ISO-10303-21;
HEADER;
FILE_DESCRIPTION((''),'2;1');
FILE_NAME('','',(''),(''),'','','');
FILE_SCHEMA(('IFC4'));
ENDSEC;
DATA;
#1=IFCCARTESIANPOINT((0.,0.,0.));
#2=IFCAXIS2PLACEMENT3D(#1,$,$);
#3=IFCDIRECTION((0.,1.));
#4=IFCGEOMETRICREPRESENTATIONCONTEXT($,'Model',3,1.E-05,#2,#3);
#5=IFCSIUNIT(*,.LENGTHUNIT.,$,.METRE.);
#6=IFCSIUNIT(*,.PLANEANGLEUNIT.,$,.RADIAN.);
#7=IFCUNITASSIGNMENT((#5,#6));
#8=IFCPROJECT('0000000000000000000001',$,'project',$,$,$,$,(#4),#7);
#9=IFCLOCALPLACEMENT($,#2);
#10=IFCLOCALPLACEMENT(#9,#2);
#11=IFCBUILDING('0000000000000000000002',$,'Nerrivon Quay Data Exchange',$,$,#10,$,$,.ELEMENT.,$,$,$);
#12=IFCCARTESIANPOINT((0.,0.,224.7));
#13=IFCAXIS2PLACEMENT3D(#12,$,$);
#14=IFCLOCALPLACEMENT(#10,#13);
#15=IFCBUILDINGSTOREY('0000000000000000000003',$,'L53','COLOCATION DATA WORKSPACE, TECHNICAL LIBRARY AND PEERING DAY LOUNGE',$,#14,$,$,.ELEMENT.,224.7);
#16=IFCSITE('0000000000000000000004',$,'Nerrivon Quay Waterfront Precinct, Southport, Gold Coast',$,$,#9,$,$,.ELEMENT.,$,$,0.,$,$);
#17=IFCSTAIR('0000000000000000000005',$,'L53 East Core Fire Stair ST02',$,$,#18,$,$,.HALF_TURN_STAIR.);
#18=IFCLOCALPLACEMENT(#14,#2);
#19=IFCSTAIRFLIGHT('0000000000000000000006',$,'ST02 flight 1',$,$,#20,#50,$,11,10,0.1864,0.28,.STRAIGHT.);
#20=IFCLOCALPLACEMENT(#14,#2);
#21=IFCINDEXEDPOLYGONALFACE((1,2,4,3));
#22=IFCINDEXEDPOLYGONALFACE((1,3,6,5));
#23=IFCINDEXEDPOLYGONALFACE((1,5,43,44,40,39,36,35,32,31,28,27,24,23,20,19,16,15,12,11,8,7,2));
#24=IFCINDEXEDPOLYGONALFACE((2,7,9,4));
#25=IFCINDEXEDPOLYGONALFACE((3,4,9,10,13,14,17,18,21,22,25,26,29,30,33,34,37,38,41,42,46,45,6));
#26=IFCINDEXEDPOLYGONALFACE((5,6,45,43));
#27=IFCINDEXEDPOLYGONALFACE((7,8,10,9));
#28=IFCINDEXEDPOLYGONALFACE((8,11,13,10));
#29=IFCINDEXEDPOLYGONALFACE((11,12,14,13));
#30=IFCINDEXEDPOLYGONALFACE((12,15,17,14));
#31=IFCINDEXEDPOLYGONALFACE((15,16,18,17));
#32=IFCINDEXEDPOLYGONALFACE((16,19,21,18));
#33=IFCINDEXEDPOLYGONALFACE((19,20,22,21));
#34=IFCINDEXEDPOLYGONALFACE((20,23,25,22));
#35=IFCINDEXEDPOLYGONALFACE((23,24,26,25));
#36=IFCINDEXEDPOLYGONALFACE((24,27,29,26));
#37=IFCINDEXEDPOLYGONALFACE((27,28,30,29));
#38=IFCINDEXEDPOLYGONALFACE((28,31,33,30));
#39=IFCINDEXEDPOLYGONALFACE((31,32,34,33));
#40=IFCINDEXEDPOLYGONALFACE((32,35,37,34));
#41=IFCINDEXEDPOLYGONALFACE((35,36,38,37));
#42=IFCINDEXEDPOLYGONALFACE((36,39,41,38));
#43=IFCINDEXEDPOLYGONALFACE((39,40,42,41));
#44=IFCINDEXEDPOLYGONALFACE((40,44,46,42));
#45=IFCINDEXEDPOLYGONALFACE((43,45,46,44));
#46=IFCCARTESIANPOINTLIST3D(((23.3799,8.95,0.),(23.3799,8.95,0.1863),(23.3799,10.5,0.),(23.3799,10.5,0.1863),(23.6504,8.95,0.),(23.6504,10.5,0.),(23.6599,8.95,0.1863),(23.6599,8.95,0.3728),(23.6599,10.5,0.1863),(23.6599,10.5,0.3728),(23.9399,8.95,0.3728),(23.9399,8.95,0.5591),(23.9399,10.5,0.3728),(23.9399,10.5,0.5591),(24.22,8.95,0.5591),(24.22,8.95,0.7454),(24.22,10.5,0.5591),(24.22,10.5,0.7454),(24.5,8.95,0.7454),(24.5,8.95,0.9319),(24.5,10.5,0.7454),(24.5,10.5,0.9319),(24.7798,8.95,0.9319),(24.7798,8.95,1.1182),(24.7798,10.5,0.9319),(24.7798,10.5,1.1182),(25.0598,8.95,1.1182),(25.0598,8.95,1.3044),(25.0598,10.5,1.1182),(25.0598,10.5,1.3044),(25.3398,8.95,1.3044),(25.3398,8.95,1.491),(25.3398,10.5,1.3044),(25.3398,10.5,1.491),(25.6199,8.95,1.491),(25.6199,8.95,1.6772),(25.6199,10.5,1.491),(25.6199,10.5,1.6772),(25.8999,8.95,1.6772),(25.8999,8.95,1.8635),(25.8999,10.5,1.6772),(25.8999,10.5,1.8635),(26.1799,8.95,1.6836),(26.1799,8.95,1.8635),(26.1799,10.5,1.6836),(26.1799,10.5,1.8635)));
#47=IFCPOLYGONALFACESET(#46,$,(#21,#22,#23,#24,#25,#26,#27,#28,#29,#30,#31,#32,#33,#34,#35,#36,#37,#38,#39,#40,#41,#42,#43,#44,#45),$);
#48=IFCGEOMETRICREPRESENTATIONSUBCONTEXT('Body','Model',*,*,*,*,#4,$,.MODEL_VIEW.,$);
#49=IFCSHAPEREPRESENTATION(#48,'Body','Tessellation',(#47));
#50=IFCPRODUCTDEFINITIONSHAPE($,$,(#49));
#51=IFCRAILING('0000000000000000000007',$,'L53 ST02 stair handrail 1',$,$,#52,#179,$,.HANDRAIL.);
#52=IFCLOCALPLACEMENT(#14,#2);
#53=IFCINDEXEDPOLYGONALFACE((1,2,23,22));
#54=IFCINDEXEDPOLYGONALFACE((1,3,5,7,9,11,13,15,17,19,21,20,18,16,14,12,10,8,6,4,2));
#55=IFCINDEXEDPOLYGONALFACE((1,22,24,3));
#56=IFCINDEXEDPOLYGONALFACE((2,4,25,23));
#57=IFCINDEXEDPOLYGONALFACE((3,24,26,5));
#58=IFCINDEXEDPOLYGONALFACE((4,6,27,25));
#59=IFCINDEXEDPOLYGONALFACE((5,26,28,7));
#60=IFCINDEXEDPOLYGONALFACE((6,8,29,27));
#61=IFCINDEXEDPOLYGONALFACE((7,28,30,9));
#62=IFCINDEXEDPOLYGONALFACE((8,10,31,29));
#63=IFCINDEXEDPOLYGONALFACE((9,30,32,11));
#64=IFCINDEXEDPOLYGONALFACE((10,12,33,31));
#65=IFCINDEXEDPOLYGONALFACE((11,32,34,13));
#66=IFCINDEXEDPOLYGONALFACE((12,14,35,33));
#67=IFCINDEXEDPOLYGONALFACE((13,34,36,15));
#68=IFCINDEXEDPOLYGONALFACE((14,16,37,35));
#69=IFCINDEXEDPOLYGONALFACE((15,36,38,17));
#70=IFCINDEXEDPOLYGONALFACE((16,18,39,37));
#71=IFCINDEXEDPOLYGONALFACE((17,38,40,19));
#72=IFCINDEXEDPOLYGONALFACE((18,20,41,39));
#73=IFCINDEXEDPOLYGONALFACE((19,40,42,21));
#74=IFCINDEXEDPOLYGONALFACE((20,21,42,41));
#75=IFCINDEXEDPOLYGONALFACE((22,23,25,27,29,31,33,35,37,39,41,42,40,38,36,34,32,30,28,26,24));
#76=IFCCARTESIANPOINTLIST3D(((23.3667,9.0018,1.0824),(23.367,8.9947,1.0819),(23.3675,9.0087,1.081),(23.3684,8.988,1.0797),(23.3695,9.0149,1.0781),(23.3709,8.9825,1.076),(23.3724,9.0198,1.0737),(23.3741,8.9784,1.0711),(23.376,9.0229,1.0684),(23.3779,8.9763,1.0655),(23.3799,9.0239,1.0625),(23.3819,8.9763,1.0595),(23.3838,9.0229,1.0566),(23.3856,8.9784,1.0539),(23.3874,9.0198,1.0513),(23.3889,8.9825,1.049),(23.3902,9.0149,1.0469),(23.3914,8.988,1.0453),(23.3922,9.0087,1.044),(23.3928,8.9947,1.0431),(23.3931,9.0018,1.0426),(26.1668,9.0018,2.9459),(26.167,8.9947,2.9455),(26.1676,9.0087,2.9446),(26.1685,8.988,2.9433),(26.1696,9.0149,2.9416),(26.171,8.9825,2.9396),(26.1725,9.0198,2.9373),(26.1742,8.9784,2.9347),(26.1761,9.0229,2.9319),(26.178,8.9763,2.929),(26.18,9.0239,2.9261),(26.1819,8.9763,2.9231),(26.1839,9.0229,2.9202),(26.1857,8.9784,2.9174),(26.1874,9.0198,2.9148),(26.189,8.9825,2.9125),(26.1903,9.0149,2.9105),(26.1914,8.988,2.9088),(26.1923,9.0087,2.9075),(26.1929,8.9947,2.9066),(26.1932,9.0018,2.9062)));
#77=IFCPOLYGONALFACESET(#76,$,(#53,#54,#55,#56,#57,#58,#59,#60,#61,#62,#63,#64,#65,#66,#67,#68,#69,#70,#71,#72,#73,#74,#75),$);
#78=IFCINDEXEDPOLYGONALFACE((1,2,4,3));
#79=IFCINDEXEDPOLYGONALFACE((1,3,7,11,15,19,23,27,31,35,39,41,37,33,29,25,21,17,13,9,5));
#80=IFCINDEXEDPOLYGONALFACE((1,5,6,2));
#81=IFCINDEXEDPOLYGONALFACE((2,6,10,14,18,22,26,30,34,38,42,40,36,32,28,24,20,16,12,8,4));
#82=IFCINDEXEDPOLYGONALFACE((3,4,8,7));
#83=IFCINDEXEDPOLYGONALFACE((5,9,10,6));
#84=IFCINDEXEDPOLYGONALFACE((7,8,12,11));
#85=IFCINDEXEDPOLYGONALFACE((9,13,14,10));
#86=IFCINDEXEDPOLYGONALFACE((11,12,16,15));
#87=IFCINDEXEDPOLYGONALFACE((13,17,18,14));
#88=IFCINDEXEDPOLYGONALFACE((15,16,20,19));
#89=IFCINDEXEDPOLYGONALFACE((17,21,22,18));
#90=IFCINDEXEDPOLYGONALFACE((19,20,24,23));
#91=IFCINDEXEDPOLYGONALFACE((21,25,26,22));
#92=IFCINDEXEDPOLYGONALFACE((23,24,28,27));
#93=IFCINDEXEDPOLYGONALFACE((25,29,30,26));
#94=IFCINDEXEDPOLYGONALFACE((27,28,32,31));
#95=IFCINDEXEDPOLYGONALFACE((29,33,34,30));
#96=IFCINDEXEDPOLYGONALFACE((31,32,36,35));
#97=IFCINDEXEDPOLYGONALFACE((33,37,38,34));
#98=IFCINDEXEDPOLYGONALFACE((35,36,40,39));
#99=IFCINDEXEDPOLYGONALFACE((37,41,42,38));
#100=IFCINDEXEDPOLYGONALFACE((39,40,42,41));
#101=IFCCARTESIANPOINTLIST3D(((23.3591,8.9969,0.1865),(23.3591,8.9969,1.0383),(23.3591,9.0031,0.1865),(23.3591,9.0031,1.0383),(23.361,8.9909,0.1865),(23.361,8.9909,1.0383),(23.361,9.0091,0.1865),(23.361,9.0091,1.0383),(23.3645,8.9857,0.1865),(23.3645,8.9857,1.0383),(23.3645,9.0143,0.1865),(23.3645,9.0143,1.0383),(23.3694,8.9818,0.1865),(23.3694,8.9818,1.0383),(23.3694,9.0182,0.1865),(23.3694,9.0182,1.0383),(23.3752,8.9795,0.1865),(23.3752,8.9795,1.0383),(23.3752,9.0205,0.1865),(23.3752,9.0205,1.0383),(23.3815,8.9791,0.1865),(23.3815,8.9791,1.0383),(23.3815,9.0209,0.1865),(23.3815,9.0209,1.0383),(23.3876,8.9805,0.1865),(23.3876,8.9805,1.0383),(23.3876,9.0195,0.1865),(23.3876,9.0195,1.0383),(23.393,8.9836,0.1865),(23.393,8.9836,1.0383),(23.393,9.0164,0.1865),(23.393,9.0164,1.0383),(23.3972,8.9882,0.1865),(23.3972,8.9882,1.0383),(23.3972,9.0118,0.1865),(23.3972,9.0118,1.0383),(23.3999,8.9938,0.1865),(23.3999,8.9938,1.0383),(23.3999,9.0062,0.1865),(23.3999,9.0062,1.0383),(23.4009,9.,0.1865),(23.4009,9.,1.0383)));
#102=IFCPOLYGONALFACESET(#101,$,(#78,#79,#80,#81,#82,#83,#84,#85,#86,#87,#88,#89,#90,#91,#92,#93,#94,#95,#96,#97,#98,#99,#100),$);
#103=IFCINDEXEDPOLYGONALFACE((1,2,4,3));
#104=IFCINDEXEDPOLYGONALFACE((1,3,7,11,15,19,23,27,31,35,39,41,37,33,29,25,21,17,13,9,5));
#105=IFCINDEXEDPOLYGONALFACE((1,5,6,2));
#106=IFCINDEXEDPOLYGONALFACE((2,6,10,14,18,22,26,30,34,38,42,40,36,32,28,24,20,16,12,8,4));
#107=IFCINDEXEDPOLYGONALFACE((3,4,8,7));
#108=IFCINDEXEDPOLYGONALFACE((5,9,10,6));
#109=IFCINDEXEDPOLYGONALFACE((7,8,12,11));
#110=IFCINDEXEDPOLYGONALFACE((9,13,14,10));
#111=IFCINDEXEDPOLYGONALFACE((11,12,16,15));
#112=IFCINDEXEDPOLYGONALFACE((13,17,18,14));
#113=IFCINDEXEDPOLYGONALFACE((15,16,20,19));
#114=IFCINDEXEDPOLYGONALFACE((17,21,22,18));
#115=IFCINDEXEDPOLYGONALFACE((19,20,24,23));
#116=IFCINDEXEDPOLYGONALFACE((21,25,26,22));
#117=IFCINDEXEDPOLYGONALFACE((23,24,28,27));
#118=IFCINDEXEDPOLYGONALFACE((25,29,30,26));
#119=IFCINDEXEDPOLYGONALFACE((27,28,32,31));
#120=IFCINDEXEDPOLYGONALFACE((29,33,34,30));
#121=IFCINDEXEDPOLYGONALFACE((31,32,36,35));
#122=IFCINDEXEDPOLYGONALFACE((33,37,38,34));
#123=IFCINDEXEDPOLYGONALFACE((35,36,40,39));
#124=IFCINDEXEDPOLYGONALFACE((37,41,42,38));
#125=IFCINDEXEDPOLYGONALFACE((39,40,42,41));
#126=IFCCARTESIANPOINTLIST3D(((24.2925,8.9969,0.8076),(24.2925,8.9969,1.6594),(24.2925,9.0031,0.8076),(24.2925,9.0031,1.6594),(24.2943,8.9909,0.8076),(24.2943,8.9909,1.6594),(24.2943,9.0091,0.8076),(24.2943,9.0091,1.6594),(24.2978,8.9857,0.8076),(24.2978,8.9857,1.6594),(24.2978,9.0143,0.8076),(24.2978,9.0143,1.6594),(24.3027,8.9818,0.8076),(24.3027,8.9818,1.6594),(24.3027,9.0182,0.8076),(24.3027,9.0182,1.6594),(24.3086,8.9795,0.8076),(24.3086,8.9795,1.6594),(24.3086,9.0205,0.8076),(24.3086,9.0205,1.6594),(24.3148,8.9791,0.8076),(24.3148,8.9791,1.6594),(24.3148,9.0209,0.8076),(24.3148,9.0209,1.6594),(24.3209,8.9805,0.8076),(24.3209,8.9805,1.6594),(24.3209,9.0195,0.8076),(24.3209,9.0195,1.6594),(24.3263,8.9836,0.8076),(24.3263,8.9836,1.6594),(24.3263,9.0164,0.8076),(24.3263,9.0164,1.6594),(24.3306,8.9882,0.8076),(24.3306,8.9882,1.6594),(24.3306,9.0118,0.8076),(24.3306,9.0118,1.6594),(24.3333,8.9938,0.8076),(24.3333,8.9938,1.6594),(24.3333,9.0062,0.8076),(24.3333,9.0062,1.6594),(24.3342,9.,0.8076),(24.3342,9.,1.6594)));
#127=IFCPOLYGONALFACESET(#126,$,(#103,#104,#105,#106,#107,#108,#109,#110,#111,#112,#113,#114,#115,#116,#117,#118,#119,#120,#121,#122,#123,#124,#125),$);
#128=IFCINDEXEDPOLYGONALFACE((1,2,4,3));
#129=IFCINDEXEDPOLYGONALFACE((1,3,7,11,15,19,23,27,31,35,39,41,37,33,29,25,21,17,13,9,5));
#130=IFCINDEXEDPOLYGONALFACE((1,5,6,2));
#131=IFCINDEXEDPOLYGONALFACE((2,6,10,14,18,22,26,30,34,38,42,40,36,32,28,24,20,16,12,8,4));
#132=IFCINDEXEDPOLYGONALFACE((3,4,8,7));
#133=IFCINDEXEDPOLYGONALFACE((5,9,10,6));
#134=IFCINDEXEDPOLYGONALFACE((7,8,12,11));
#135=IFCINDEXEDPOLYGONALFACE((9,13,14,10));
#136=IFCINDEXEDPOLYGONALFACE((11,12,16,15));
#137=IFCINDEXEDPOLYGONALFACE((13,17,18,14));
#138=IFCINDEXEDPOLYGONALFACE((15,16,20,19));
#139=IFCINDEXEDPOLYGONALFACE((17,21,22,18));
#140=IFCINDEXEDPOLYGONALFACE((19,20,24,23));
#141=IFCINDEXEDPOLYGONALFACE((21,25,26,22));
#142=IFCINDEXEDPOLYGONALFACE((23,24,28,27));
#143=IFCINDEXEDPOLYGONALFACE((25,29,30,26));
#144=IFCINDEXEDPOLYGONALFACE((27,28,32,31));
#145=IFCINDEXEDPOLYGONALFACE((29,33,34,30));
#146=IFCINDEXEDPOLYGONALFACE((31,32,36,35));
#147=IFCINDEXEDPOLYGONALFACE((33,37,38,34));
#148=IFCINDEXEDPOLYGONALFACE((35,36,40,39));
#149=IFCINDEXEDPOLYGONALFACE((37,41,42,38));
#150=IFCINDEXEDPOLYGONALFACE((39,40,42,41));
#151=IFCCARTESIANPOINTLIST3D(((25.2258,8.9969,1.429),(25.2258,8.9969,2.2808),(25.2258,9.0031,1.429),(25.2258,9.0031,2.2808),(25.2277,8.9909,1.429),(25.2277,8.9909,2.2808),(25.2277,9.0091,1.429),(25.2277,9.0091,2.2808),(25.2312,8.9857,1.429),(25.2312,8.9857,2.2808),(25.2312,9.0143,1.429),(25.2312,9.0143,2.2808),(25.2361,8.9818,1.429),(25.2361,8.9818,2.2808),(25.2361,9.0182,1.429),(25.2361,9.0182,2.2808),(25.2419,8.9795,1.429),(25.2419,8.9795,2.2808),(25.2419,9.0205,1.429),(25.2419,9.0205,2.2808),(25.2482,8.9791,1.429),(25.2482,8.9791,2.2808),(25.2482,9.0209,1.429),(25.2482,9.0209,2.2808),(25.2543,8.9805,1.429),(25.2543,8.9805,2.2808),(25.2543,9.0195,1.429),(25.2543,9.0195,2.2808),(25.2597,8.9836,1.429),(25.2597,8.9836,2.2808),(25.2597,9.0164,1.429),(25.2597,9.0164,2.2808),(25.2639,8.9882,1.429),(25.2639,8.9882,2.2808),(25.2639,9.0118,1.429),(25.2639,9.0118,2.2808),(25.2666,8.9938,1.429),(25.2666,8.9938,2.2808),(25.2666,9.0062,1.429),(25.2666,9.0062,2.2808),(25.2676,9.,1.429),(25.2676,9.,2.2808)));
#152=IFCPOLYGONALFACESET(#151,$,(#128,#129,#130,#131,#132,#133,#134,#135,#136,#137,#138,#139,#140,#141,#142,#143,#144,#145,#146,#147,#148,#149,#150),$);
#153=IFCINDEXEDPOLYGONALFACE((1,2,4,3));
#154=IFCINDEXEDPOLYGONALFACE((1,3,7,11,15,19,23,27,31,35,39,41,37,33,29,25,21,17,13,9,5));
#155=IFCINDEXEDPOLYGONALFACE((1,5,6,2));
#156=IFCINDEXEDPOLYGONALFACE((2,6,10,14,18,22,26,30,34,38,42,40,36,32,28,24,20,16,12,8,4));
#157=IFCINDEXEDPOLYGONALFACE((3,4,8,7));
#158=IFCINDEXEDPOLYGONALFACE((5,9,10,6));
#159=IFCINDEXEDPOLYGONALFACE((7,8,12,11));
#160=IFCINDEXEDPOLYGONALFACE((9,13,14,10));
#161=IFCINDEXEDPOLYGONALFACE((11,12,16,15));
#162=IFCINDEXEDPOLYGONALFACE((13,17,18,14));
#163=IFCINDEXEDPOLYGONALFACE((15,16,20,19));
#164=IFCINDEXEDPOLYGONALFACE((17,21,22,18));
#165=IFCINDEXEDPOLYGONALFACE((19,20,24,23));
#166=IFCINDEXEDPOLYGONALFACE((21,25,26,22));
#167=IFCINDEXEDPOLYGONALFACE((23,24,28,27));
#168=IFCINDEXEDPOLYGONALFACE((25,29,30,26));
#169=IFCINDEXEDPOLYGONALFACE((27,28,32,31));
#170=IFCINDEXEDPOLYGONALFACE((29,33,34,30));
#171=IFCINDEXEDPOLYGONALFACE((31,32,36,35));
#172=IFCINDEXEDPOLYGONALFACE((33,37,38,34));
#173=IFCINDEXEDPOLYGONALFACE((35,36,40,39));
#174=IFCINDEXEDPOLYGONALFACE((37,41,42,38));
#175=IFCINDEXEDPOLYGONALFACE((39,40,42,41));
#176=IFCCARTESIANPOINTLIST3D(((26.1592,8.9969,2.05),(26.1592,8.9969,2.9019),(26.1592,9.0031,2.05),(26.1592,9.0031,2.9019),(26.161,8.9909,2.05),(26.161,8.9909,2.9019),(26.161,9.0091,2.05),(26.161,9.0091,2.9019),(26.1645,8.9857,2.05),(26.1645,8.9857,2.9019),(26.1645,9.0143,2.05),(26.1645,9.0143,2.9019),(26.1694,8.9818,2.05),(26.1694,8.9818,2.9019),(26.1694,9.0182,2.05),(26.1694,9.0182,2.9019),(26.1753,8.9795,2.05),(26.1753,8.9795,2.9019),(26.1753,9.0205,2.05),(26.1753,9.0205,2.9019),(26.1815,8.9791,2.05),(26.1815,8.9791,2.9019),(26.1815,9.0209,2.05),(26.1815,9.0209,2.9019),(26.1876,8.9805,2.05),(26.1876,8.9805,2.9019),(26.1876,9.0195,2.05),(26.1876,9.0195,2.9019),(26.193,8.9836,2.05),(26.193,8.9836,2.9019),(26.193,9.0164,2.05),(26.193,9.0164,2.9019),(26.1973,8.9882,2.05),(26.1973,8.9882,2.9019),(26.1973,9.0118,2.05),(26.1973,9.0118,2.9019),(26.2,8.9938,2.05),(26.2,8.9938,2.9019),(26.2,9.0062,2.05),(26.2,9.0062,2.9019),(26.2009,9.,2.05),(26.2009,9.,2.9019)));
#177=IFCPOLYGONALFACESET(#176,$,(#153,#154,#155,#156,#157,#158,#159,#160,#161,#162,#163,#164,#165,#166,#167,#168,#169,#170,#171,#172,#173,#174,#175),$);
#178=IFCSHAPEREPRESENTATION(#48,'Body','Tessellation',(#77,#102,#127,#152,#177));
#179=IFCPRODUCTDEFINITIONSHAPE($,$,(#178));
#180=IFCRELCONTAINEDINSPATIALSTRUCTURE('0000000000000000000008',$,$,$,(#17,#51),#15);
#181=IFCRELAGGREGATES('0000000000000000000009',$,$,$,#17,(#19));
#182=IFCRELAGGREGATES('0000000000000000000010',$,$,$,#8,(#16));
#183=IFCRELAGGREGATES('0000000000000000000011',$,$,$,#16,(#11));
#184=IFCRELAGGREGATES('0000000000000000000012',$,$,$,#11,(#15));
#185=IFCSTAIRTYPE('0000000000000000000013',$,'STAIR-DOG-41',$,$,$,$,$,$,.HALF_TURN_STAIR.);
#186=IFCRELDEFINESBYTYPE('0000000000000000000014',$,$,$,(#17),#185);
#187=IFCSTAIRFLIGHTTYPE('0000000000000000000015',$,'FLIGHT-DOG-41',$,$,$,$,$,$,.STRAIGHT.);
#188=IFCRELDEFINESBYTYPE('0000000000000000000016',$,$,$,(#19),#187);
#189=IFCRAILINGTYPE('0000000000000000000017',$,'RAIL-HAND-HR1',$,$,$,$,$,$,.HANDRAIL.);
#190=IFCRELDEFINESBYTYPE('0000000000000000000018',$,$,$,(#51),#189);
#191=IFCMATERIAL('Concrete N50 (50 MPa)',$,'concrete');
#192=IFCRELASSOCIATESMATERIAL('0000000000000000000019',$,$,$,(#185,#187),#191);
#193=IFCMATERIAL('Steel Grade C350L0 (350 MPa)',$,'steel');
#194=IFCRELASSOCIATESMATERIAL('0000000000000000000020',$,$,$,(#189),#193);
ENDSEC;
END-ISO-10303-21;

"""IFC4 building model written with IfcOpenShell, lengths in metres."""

from ifc_helpers import new_model, si_unit, direction, frame, origin, origin_2d, place, context, subcontext, project, spatial, polyline, circle, outline, extrude, material, type_object, element, aggregate, save


model = new_model("IFC4")

# Units and contexts
model_context = context("Model", 3, precision=1e-05, world=origin(), true_north=direction((0.0, 1.0)))
body_context = subcontext(model_context, "Body", "Model", "MODEL_VIEW")
ifc_project = project(units=[si_unit("LENGTHUNIT", "METRE"), si_unit("PLANEANGLEUNIT", "RADIAN")], contexts=[model_context])

# Site, building, storey
site_placement = place(None, origin())
site = spatial("IfcSite", under=ifc_project, at=site_placement, Name="Nerrivon Quay Waterfront Precinct, Southport, Gold Coast", CompositionType="ELEMENT", RefElevation=0.0)
building_placement = place(site_placement, origin())
building = spatial("IfcBuilding", under=site, at=building_placement, Name="Nerrivon Quay Data Exchange", CompositionType="ELEMENT")
storey_placement = place(building_placement, frame((0.0, 0.0, 224.7)))
storey = spatial("IfcBuildingStorey", under=building, at=storey_placement, Name="L53", Description="COLOCATION DATA WORKSPACE, TECHNICAL LIBRARY AND PEERING DAY LOUNGE", CompositionType="ELEMENT", Elevation=224.7)

# Shared definitions
ifc_material_1 = material(Name="Concrete N50 (50 MPa)", Category="concrete")

# Stair, stair flight
stair_type = type_object("IfcStairType", Name="STAIR-DOG-41", PredefinedType="HALF_TURN_STAIR", material=ifc_material_1)
stair_placement = place(storey_placement, origin())
stair = element("IfcStair", 1, at=stair_placement, inside=storey, type_object=stair_type, Name="L53 East Core Fire Stair ST02", PredefinedType="HALF_TURN_STAIR")
stair_flight_type = type_object("IfcStairFlightType", Name="FLIGHT-DOG-41", PredefinedType="STRAIGHT", material=ifc_material_1)
stair_flight_placement = place(storey_placement, frame((23.3799, 9.7251, 0.0), z_axis=(0.0, 0.0, 1.0), x_axis=(1.0, 0.0, 0.0)))
stair_flight = element("IfcStairFlight", 2, at=stair_flight_placement, type_object=stair_flight_type, Name="ST02 flight 1", NumberOfRisers=11, NumberOfTreads=10, PredefinedType="STRAIGHT", RiserHeight=0.1864, TreadLength=0.28, context=body_context, shape_type="SweptSolid", body=[
    extrude(outline(polyline([(0.0, 0.0), (0.0, 0.1863), (0.28, 0.1863), (0.28, 0.3728), (0.5601, 0.3728), (0.5601, 0.5591), (0.8401, 0.5591), (0.8401, 0.7454), (1.1201, 0.7454), (1.1201, 0.9319), (1.3999, 0.9319), (1.3999, 1.1182), (1.6799, 1.1182), (1.6799, 1.3044), (1.96, 1.3044), (1.96, 1.491), (2.24, 1.491), (2.24, 1.6772), (2.52, 1.6772), (2.52, 1.8635), (2.8, 1.8635), (2.8, 2.05), (2.8, 1.6836), (0.2705, 0.0), (0.0, 0.0)])), frame((0.0, 0.7749, 0.0), z_axis=(0.0, -1.0, 0.0), x_axis=(1.0, 0.0, 0.0)), (0.0, 0.0, 1.0), 1.55),
])
aggregate(stair, [stair_flight])

# Railing
ifc_material_2 = material(Name="Steel Grade C350L0 (350 MPa)", Category="steel")
railing_type_1 = type_object("IfcRailingType", Name="RAIL-HAND-HR1", PredefinedType="HANDRAIL", material=ifc_material_2)
railing_1_placement = place(storey_placement, frame((23.3799, 9.0, 0.1865)))
element("IfcRailing", 3, at=railing_1_placement, inside=storey, type_object=railing_type_1, Name="L53 ST02 stair handrail 1", PredefinedType="HANDRAIL", context=body_context, shape_type="SweptSolid", body=[
    extrude(circle(Radius=0.0239, at=origin_2d()), frame((0.0, 0.0, 0.876), z_axis=(0.832486, 0.0, 0.554047), x_axis=(0.0, 1.0, 0.0)), (0.0, 0.0, 1.0), 3.3635),
    extrude(circle(Radius=0.021, at=origin_2d()), origin(), (0.0, 0.0, 1.0), 0.8518),
    extrude(circle(Radius=0.021, at=origin_2d()), frame((0.9333, 0.0, 0.6211)), (0.0, 0.0, 1.0), 0.8518),
    extrude(circle(Radius=0.021, at=origin_2d()), frame((1.8667, 0.0, 1.2424)), (0.0, 0.0, 1.0), 0.8518),
    extrude(circle(Radius=0.021, at=origin_2d()), frame((2.8, 0.0, 1.8635)), (0.0, 0.0, 1.0), 0.8518),
])

save(model, "model.ifc")
